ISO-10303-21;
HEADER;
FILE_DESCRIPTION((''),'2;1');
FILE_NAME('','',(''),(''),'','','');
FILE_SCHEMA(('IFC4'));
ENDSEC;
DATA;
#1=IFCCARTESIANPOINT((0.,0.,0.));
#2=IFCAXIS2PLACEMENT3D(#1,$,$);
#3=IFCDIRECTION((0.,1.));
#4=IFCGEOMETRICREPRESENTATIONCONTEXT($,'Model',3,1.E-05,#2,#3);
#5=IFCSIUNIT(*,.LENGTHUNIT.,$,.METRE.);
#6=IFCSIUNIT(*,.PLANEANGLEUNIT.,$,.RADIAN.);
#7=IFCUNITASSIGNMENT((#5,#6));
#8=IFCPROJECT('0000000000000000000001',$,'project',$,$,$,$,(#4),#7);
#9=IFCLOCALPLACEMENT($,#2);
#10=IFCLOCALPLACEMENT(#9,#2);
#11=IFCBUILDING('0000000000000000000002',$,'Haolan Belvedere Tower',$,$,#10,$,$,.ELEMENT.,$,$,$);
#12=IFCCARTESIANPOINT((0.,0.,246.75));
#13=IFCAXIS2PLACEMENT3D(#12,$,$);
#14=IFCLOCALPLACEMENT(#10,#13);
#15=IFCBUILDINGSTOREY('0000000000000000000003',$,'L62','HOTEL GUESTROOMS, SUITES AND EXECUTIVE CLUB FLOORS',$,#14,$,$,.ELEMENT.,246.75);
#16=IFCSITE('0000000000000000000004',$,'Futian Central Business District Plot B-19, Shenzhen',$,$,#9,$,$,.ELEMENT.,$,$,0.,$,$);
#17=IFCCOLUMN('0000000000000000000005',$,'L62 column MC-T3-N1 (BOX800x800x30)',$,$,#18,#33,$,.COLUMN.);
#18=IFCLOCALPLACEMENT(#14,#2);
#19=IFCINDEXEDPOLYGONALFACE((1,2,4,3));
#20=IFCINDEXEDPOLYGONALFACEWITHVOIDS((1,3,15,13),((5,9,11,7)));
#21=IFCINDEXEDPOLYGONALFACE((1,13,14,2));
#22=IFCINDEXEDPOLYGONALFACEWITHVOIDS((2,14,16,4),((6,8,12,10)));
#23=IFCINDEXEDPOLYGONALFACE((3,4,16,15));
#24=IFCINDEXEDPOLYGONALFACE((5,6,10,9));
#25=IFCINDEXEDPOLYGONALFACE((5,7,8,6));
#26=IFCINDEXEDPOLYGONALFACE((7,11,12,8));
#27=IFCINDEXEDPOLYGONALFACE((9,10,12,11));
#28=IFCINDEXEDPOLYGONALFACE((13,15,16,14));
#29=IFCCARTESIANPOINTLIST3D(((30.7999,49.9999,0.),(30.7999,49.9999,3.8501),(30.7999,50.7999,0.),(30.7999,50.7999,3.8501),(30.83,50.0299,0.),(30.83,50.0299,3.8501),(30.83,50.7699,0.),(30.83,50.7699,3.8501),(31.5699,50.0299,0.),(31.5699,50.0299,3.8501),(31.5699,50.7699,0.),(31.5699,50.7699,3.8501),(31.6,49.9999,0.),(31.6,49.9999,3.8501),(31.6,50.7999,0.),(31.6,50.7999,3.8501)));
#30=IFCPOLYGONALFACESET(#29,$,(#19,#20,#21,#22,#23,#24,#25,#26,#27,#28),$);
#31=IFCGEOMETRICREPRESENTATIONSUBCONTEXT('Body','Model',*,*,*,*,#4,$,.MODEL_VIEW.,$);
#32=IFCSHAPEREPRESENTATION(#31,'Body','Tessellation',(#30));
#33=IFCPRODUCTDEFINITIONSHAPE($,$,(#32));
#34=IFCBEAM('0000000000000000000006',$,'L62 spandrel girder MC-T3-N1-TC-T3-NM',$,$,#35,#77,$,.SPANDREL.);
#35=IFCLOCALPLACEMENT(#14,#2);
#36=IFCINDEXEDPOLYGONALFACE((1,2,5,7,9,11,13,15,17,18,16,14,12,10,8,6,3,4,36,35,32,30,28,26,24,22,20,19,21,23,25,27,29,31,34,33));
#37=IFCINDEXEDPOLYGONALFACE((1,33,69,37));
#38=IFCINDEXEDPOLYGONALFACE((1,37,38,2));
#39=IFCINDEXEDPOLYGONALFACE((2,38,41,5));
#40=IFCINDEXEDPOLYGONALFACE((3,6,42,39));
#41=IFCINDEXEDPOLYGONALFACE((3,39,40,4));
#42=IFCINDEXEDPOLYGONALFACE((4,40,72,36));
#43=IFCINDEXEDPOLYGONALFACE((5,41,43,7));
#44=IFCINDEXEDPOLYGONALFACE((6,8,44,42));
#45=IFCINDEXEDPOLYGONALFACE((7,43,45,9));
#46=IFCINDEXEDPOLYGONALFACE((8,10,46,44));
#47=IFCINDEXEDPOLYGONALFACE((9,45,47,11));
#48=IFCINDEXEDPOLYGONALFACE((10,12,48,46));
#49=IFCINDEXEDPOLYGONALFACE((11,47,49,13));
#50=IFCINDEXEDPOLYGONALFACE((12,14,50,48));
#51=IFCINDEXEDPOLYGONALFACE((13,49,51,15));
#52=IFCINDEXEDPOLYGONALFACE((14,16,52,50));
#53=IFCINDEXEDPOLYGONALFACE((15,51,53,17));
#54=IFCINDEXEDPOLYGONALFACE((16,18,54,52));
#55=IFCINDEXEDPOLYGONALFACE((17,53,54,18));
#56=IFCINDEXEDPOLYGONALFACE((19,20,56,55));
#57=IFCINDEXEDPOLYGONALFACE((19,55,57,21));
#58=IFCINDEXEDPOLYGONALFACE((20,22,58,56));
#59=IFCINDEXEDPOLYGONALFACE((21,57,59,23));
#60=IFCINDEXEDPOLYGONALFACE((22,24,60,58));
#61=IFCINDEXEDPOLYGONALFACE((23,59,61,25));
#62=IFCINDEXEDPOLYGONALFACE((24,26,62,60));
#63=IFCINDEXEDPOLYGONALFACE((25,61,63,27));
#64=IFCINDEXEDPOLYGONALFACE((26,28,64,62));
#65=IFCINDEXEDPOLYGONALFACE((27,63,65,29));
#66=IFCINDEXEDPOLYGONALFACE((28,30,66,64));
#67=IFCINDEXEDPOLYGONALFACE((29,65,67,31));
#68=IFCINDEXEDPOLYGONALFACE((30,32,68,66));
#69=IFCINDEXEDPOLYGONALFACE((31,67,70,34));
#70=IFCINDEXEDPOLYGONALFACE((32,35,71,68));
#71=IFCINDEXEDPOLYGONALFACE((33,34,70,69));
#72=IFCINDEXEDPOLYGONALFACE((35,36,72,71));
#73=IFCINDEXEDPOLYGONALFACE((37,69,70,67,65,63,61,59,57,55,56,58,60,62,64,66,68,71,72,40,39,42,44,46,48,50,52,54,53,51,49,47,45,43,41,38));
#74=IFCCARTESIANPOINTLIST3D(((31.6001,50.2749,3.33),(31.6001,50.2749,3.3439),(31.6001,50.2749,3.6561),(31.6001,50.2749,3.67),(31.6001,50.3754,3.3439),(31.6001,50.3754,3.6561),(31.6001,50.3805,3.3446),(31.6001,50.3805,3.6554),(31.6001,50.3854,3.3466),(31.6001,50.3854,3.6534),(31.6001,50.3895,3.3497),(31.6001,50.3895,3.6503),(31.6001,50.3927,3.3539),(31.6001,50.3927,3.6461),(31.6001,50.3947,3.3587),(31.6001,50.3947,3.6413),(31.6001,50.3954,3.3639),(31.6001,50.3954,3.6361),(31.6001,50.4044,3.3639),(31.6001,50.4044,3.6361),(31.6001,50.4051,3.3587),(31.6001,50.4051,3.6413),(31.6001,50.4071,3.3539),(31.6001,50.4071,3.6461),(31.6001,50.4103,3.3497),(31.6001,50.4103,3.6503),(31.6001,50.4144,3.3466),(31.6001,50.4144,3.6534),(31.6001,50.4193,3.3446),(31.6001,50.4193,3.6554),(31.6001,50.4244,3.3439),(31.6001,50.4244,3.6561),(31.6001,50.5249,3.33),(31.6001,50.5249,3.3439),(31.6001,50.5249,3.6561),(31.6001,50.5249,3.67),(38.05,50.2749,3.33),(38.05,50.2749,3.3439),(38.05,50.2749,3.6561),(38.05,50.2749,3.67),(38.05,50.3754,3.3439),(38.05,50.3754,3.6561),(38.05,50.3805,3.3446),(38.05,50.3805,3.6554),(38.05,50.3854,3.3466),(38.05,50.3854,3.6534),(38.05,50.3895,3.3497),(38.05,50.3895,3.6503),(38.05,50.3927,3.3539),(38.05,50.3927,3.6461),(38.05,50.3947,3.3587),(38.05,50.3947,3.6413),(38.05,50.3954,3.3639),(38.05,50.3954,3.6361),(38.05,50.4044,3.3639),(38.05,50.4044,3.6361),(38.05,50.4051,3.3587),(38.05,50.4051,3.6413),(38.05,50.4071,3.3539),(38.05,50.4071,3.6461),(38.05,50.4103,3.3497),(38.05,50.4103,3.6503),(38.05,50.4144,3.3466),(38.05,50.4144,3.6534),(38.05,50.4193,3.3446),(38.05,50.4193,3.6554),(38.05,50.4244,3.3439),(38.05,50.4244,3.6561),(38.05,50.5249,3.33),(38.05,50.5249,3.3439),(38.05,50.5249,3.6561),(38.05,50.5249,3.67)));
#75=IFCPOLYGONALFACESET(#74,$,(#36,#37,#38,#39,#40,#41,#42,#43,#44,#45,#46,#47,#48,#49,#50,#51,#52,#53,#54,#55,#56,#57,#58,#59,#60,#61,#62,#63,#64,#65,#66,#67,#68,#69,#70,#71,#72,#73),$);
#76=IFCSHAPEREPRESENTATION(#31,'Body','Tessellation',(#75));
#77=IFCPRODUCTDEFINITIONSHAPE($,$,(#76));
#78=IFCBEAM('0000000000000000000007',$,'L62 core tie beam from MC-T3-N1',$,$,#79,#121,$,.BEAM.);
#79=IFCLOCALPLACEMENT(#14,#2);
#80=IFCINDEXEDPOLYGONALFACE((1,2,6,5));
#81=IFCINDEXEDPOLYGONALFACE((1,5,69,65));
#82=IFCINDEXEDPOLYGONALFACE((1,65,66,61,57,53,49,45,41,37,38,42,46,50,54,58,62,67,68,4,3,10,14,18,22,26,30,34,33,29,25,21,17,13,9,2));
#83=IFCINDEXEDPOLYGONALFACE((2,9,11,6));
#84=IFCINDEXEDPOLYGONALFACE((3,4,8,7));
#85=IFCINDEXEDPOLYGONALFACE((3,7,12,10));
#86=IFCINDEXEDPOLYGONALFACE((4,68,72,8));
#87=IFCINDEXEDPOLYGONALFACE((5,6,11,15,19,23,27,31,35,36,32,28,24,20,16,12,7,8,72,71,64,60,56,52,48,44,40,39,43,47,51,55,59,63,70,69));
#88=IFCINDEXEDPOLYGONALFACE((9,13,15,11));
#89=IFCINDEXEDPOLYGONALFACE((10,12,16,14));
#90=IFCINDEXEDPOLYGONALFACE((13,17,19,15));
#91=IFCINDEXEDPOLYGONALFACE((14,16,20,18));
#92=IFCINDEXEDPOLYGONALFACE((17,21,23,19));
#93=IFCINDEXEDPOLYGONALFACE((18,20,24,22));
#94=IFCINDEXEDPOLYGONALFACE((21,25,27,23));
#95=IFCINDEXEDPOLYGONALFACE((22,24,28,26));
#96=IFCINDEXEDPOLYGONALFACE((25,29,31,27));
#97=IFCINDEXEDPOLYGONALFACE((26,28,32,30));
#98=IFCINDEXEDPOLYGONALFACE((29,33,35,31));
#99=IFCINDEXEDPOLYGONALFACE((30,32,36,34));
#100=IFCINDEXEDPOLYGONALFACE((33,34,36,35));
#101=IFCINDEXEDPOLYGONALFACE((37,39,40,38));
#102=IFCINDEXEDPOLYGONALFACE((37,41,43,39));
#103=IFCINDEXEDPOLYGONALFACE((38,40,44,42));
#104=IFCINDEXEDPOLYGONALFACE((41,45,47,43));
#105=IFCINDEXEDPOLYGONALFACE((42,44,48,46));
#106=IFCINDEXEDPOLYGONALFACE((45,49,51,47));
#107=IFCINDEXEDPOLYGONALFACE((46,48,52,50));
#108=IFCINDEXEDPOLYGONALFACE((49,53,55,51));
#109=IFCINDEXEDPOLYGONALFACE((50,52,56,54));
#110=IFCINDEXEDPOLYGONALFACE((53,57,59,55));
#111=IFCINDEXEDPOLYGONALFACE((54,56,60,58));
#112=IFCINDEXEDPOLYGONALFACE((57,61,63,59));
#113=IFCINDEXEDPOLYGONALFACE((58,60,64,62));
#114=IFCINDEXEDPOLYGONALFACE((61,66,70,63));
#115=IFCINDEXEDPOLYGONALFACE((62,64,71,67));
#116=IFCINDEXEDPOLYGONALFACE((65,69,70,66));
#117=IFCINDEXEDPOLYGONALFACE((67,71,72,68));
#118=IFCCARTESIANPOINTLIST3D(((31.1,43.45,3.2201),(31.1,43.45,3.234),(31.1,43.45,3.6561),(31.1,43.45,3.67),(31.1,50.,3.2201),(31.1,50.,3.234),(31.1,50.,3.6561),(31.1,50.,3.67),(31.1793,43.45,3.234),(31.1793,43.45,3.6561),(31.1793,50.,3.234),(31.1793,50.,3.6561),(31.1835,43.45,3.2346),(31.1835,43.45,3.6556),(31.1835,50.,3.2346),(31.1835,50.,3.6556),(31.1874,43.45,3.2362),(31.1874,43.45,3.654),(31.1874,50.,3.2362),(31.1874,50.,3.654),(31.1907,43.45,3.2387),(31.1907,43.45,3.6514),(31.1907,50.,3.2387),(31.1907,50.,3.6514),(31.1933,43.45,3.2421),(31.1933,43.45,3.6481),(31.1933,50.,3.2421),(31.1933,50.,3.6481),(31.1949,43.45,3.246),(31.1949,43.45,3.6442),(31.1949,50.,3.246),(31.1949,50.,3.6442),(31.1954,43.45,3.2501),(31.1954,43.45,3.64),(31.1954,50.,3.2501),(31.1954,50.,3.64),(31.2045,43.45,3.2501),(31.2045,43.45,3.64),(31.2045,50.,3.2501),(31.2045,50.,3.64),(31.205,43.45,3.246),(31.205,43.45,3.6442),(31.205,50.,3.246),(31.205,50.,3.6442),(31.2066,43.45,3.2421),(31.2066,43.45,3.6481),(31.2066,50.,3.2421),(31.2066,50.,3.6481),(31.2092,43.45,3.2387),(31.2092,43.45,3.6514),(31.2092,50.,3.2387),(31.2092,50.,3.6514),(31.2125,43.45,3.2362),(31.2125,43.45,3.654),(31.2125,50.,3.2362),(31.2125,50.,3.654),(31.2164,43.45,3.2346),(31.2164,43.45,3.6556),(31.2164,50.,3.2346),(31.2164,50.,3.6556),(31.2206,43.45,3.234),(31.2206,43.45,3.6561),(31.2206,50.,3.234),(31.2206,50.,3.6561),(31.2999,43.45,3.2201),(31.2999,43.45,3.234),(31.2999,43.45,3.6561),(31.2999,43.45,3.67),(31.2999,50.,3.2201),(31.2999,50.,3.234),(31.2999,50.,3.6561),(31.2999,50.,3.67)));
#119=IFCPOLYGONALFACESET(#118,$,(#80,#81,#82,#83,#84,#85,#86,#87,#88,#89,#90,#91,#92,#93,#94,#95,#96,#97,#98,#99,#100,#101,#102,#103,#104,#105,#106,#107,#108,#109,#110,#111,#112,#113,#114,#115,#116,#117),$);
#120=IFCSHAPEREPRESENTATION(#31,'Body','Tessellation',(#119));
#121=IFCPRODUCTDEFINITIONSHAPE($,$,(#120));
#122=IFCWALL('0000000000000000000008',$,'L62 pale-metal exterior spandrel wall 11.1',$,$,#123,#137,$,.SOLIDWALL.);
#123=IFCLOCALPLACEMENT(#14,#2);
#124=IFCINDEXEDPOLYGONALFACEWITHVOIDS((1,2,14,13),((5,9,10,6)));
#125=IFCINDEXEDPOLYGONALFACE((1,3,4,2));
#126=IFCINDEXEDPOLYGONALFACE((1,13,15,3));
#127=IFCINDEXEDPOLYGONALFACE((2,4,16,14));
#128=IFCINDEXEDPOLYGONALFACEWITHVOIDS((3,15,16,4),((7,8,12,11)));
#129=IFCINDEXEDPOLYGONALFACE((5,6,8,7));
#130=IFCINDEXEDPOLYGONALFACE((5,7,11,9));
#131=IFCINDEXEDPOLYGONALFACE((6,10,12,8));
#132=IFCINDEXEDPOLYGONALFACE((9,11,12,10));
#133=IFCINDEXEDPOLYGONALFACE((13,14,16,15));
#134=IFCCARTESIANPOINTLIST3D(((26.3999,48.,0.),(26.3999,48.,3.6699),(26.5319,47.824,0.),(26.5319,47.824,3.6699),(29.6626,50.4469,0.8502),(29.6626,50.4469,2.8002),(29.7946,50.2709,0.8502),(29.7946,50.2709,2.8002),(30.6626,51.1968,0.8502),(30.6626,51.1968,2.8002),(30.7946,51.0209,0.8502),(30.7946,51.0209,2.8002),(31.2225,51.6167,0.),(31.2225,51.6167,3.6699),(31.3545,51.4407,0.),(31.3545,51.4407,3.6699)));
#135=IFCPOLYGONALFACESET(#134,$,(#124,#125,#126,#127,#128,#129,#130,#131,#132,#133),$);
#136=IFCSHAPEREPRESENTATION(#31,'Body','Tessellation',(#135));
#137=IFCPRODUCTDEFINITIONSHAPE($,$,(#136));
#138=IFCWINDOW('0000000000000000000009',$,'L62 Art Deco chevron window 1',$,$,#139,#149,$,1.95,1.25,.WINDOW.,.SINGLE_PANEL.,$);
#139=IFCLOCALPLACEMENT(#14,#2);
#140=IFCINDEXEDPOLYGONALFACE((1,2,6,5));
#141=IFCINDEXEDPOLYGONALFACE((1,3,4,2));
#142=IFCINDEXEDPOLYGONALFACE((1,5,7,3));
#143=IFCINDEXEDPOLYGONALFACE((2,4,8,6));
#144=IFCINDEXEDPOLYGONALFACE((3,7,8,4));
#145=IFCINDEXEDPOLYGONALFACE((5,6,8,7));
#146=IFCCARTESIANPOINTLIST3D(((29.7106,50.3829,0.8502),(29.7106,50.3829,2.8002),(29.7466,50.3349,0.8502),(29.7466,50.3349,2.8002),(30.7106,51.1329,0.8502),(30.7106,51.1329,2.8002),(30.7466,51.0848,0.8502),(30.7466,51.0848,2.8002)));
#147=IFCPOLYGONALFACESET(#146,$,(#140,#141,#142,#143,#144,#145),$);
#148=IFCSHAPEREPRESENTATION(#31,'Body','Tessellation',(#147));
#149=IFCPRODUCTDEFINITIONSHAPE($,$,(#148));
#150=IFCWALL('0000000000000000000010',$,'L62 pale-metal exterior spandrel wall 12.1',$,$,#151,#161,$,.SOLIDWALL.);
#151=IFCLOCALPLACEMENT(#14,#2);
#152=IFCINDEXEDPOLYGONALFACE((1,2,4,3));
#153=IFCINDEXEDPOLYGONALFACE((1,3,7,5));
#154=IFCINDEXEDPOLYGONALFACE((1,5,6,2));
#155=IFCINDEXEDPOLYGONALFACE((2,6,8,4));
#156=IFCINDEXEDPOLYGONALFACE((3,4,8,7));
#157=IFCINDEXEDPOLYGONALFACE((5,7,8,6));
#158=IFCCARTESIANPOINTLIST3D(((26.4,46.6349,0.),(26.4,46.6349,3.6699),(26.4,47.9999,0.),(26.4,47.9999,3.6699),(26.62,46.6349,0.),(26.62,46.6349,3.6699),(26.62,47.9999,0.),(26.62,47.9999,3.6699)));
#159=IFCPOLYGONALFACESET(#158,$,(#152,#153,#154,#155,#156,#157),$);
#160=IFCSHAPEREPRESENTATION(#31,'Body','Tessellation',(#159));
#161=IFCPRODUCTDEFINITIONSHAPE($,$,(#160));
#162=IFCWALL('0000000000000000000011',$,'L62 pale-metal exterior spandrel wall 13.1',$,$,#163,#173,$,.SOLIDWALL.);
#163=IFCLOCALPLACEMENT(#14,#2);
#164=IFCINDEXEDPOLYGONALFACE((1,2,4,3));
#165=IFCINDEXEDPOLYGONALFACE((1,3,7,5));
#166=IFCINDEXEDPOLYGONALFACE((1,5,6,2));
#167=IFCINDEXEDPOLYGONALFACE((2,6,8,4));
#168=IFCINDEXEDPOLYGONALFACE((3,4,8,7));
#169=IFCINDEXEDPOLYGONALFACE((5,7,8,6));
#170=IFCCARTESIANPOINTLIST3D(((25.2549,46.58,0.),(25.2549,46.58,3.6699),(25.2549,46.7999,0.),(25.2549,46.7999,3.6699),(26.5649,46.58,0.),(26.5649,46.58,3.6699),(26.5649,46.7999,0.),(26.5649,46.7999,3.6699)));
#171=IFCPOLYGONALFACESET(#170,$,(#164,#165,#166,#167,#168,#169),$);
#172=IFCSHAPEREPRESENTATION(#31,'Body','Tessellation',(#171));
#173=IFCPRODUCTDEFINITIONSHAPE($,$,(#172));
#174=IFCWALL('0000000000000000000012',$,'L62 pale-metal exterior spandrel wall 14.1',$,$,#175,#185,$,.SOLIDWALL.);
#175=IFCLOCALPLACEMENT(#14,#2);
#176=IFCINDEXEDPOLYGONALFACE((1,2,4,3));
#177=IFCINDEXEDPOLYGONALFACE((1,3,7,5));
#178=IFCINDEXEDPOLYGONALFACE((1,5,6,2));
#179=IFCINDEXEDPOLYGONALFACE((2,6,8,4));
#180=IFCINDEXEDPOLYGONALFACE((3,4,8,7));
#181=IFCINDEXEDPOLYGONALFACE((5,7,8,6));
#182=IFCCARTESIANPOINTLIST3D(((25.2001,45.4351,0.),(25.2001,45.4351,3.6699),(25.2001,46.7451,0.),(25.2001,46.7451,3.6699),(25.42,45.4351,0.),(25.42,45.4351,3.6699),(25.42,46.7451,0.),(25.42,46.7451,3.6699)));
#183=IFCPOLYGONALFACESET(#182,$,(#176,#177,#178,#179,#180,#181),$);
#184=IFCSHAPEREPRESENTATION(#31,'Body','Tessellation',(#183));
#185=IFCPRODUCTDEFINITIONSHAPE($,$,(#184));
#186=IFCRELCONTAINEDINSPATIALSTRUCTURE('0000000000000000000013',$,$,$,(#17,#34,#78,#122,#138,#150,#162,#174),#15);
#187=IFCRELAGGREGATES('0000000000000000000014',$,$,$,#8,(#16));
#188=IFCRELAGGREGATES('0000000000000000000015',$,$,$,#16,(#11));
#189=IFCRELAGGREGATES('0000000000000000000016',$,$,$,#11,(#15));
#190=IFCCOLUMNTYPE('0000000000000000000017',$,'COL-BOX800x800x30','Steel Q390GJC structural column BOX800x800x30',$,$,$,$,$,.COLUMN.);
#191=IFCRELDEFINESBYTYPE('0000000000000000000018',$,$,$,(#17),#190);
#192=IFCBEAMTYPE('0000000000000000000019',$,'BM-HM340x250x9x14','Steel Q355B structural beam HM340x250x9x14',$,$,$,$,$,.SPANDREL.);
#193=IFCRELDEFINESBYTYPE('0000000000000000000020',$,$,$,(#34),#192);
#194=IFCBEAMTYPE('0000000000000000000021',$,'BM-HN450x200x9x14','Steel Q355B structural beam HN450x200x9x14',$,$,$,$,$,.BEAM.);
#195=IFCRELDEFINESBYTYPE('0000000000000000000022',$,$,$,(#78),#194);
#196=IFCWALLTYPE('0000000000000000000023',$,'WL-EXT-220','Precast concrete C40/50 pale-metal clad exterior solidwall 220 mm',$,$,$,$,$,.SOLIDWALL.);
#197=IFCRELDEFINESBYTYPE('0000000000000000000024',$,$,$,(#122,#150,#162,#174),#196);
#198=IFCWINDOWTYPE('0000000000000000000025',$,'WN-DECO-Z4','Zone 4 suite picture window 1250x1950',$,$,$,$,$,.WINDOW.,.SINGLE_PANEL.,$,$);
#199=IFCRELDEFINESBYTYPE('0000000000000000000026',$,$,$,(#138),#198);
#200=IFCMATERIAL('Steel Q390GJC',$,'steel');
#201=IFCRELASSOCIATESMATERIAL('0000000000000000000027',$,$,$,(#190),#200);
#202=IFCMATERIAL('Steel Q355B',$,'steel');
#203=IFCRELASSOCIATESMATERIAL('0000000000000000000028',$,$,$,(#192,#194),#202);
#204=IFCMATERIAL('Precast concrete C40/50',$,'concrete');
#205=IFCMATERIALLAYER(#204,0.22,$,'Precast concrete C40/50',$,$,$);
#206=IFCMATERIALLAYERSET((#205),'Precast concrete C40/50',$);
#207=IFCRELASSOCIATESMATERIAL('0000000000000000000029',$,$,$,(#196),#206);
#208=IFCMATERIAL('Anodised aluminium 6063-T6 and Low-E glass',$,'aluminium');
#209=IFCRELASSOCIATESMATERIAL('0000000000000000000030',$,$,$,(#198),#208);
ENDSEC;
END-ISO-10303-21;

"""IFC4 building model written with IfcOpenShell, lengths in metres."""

from ifc_helpers import new_model, si_unit, direction, frame, frame_2d, origin, origin_2d, place, context, subcontext, project, spatial, rectangle, hollow_rectangle, i_section, extrude, material, layer, layer_set, material_profile, profile_set, type_object, element, fill, save


model = new_model("IFC4")

# Units and contexts
model_context = context("Model", 3, precision=1e-05, world=origin(), true_north=direction((0.0, 1.0)))
body_context = subcontext(model_context, "Body", "Model", "MODEL_VIEW")
ifc_project = project(units=[si_unit("LENGTHUNIT", "METRE"), si_unit("PLANEANGLEUNIT", "RADIAN")], contexts=[model_context])

# Site, building, storey
site_placement = place(None, origin())
site = spatial("IfcSite", under=ifc_project, at=site_placement, Name="Futian Central Business District Plot B-19, Shenzhen", CompositionType="ELEMENT", RefElevation=0.0)
building_placement = place(site_placement, origin())
building = spatial("IfcBuilding", under=site, at=building_placement, Name="Haolan Belvedere Tower", CompositionType="ELEMENT")
storey_placement = place(building_placement, frame((0.0, 0.0, 246.75)))
storey = spatial("IfcBuildingStorey", under=building, at=storey_placement, Name="L62", Description="HOTEL GUESTROOMS, SUITES AND EXECUTIVE CLUB FLOORS", CompositionType="ELEMENT", Elevation=246.75)

# Column
ifc_material_1 = material(Name="Steel Q390GJC", Category="steel")
ifc_material_profile_1 = material_profile(ifc_material_1, hollow_rectangle(XDim=0.8, YDim=0.8, WallThickness=0.03, at=origin_2d()), Name="Steel Q390GJC")
ifc_profile_set_1 = profile_set([ifc_material_profile_1], Name="Steel Q390GJC")
column_type = type_object("IfcColumnType", Name="COL-BOX800x800x30", Description="Steel Q390GJC structural column BOX800x800x30", PredefinedType="COLUMN", material=ifc_profile_set_1)
column_placement = place(storey_placement, frame((31.2, 50.3999, 0.0), z_axis=(0.0, 0.0, 1.0), x_axis=(1.0, 0.0, 0.0)))
element("IfcColumn", 1, at=column_placement, inside=storey, type_object=column_type, Name="L62 column MC-T3-N1 (BOX800x800x30)", PredefinedType="COLUMN", context=body_context, shape_type="SweptSolid", body=[
    extrude(hollow_rectangle(XDim=0.8, YDim=0.8, WallThickness=0.03, at=origin_2d()), origin(), (0.0, 0.0, 1.0), 3.8501),
])

# Beams
ifc_material_2 = material(Name="Steel Q355B", Category="steel")
ifc_material_profile_2 = material_profile(ifc_material_2, i_section(OverallWidth=0.25, OverallDepth=0.3401, WebThickness=0.009, FlangeThickness=0.0139, FilletRadius=0.02, at=origin_2d()), Name="Steel Q355B")
ifc_profile_set_2 = profile_set([ifc_material_profile_2], Name="Steel Q355B")
beam_type_1 = type_object("IfcBeamType", Name="BM-HM340x250x9x14", Description="Steel Q355B structural beam HM340x250x9x14", PredefinedType="SPANDREL", material=ifc_profile_set_2)
beam_1_placement = place(storey_placement, frame((31.6001, 50.3999, 3.5), z_axis=(1.0, 0.0, 0.0), x_axis=(0.0, 1.0, 0.0)))
element("IfcBeam", 2, at=beam_1_placement, inside=storey, type_object=beam_type_1, Name="L62 spandrel girder MC-T3-N1-TC-T3-NM", PredefinedType="SPANDREL", context=body_context, shape_type="SweptSolid", body=[
    extrude(i_section(OverallWidth=0.25, OverallDepth=0.3401, WebThickness=0.009, FlangeThickness=0.0139, FilletRadius=0.02, at=origin_2d()), origin(), (0.0, 0.0, 1.0), 6.45),
])
ifc_material_profile_3 = material_profile(ifc_material_2, i_section(OverallWidth=0.2, OverallDepth=0.45, WebThickness=0.009, FlangeThickness=0.0139, FilletRadius=0.0161, at=origin_2d()), Name="Steel Q355B")
ifc_profile_set_3 = profile_set([ifc_material_profile_3], Name="Steel Q355B")
beam_type_2 = type_object("IfcBeamType", Name="BM-HN450x200x9x14", Description="Steel Q355B structural beam HN450x200x9x14", PredefinedType="BEAM", material=ifc_profile_set_3)
beam_2_placement = place(storey_placement, frame((31.2, 50.0, 3.4451), z_axis=(0.0, -1.0, 0.0), x_axis=(1.0, 0.0, 0.0)))
element("IfcBeam", 3, at=beam_2_placement, inside=storey, type_object=beam_type_2, Name="L62 core tie beam from MC-T3-N1", PredefinedType="BEAM", context=body_context, shape_type="SweptSolid", body=[
    extrude(i_section(OverallWidth=0.2, OverallDepth=0.45, WebThickness=0.009, FlangeThickness=0.0139, FilletRadius=0.0161, at=origin_2d()), origin(), (0.0, 0.0, 1.0), 6.55),
])

# Wall, opening, window
ifc_material_3 = material(Name="Precast concrete C40/50", Category="concrete")
ifc_layer_1 = layer(ifc_material_3, 0.22, Name="Precast concrete C40/50")
ifc_layer_set_1 = layer_set([ifc_layer_1], Name="Precast concrete C40/50")
wall_type_1 = type_object("IfcWallType", Name="WL-EXT-220", Description="Precast concrete C40/50 pale-metal clad exterior solidwall 220 mm", PredefinedType="SOLIDWALL", material=ifc_layer_set_1)
wall_1_placement = place(storey_placement, frame((31.2886, 51.5288, 0.0), z_axis=(0.0, 0.0, 1.0), x_axis=(-0.800015, -0.599981, 0.0)))
wall_1 = element("IfcWall", 4, at=wall_1_placement, inside=storey, type_object=wall_type_1, Name="L62 pale-metal exterior spandrel wall 11.1", PredefinedType="SOLIDWALL", context=body_context, shape_type="SweptSolid", body=[
    extrude(rectangle(XDim=6.0281, YDim=0.22, at=frame_2d((3.0142, 0.0))), origin(), (0.0, 0.0, 1.0), 3.6699),
])
opening_1_placement = place(wall_1_placement, frame((0.7, 0.0, 0.8501)))
opening_1 = element("IfcOpeningElement", 5, at=opening_1_placement, cuts=wall_1, PredefinedType="OPENING", context=body_context, shape_type="SweptSolid", body=[
    extrude(rectangle(XDim=1.25, YDim=1.95, at=frame_2d((0.625, 0.9751))), frame((0.0, 0.1199, 0.0), z_axis=(0.0, -1.0, 0.0), x_axis=(1.0, 0.0, 0.0)), (0.0, 0.0, 1.0), 0.24),
])
ifc_material_4 = material(Name="Anodised aluminium 6063-T6 and Low-E glass", Category="aluminium")
window_type = type_object("IfcWindowType", Name="WN-DECO-Z4", Description="Zone 4 suite picture window 1250x1950", PartitioningType="SINGLE_PANEL", PredefinedType="WINDOW", material=ifc_material_4)
window_placement = place(opening_1_placement, origin())
window = element("IfcWindow", 6, at=window_placement, inside=storey, type_object=window_type, Name="L62 Art Deco chevron window 1", OverallHeight=1.95, OverallWidth=1.25, PartitioningType="SINGLE_PANEL", PredefinedType="WINDOW", context=body_context, shape_type="SweptSolid", body=[
    extrude(rectangle(XDim=1.25, YDim=1.95, at=frame_2d((0.625, 0.9751))), frame((0.0, 0.03, 0.0), z_axis=(0.0, -1.0, 0.0), x_axis=(1.0, 0.0, 0.0)), (0.0, 0.0, 1.0), 0.0601),
])
fill(opening_1, window)

# Walls
wall_2_placement = place(storey_placement, frame((26.51, 48.0, 0.0), z_axis=(0.0, 0.0, 1.0), x_axis=(0.0, -1.0, 0.0)))
element("IfcWall", 7, at=wall_2_placement, inside=storey, type_object=wall_type_1, Name="L62 pale-metal exterior spandrel wall 12.1", PredefinedType="SOLIDWALL", context=body_context, shape_type="SweptSolid", body=[
    extrude(rectangle(XDim=1.365, YDim=0.22, at=frame_2d((0.6826, 0.0))), origin(), (0.0, 0.0, 1.0), 3.6699),
])
for number, where, z_axis, x_axis, name in (
    (8, (26.5649, 46.6899, 0.0), (0.0, 0.0, 1.0), (-1.0, 0.0, 0.0), "L62 pale-metal exterior spandrel wall 13.1"),
    (9, (25.3101, 46.7451, 0.0), (0.0, 0.0, 1.0), (0.0, -1.0, 0.0), "L62 pale-metal exterior spandrel wall 14.1"),
):
    element("IfcWall", number, at=place(storey_placement, frame(where, z_axis=z_axis, x_axis=x_axis)), inside=storey, type_object=wall_type_1, Name=name, PredefinedType="SOLIDWALL", context=body_context, shape_type="SweptSolid", body=[
        extrude(rectangle(XDim=1.3101, YDim=0.22, at=frame_2d((0.655, 0.0))), origin(), (0.0, 0.0, 1.0), 3.6699),
    ])

save(model, "model.ifc")
